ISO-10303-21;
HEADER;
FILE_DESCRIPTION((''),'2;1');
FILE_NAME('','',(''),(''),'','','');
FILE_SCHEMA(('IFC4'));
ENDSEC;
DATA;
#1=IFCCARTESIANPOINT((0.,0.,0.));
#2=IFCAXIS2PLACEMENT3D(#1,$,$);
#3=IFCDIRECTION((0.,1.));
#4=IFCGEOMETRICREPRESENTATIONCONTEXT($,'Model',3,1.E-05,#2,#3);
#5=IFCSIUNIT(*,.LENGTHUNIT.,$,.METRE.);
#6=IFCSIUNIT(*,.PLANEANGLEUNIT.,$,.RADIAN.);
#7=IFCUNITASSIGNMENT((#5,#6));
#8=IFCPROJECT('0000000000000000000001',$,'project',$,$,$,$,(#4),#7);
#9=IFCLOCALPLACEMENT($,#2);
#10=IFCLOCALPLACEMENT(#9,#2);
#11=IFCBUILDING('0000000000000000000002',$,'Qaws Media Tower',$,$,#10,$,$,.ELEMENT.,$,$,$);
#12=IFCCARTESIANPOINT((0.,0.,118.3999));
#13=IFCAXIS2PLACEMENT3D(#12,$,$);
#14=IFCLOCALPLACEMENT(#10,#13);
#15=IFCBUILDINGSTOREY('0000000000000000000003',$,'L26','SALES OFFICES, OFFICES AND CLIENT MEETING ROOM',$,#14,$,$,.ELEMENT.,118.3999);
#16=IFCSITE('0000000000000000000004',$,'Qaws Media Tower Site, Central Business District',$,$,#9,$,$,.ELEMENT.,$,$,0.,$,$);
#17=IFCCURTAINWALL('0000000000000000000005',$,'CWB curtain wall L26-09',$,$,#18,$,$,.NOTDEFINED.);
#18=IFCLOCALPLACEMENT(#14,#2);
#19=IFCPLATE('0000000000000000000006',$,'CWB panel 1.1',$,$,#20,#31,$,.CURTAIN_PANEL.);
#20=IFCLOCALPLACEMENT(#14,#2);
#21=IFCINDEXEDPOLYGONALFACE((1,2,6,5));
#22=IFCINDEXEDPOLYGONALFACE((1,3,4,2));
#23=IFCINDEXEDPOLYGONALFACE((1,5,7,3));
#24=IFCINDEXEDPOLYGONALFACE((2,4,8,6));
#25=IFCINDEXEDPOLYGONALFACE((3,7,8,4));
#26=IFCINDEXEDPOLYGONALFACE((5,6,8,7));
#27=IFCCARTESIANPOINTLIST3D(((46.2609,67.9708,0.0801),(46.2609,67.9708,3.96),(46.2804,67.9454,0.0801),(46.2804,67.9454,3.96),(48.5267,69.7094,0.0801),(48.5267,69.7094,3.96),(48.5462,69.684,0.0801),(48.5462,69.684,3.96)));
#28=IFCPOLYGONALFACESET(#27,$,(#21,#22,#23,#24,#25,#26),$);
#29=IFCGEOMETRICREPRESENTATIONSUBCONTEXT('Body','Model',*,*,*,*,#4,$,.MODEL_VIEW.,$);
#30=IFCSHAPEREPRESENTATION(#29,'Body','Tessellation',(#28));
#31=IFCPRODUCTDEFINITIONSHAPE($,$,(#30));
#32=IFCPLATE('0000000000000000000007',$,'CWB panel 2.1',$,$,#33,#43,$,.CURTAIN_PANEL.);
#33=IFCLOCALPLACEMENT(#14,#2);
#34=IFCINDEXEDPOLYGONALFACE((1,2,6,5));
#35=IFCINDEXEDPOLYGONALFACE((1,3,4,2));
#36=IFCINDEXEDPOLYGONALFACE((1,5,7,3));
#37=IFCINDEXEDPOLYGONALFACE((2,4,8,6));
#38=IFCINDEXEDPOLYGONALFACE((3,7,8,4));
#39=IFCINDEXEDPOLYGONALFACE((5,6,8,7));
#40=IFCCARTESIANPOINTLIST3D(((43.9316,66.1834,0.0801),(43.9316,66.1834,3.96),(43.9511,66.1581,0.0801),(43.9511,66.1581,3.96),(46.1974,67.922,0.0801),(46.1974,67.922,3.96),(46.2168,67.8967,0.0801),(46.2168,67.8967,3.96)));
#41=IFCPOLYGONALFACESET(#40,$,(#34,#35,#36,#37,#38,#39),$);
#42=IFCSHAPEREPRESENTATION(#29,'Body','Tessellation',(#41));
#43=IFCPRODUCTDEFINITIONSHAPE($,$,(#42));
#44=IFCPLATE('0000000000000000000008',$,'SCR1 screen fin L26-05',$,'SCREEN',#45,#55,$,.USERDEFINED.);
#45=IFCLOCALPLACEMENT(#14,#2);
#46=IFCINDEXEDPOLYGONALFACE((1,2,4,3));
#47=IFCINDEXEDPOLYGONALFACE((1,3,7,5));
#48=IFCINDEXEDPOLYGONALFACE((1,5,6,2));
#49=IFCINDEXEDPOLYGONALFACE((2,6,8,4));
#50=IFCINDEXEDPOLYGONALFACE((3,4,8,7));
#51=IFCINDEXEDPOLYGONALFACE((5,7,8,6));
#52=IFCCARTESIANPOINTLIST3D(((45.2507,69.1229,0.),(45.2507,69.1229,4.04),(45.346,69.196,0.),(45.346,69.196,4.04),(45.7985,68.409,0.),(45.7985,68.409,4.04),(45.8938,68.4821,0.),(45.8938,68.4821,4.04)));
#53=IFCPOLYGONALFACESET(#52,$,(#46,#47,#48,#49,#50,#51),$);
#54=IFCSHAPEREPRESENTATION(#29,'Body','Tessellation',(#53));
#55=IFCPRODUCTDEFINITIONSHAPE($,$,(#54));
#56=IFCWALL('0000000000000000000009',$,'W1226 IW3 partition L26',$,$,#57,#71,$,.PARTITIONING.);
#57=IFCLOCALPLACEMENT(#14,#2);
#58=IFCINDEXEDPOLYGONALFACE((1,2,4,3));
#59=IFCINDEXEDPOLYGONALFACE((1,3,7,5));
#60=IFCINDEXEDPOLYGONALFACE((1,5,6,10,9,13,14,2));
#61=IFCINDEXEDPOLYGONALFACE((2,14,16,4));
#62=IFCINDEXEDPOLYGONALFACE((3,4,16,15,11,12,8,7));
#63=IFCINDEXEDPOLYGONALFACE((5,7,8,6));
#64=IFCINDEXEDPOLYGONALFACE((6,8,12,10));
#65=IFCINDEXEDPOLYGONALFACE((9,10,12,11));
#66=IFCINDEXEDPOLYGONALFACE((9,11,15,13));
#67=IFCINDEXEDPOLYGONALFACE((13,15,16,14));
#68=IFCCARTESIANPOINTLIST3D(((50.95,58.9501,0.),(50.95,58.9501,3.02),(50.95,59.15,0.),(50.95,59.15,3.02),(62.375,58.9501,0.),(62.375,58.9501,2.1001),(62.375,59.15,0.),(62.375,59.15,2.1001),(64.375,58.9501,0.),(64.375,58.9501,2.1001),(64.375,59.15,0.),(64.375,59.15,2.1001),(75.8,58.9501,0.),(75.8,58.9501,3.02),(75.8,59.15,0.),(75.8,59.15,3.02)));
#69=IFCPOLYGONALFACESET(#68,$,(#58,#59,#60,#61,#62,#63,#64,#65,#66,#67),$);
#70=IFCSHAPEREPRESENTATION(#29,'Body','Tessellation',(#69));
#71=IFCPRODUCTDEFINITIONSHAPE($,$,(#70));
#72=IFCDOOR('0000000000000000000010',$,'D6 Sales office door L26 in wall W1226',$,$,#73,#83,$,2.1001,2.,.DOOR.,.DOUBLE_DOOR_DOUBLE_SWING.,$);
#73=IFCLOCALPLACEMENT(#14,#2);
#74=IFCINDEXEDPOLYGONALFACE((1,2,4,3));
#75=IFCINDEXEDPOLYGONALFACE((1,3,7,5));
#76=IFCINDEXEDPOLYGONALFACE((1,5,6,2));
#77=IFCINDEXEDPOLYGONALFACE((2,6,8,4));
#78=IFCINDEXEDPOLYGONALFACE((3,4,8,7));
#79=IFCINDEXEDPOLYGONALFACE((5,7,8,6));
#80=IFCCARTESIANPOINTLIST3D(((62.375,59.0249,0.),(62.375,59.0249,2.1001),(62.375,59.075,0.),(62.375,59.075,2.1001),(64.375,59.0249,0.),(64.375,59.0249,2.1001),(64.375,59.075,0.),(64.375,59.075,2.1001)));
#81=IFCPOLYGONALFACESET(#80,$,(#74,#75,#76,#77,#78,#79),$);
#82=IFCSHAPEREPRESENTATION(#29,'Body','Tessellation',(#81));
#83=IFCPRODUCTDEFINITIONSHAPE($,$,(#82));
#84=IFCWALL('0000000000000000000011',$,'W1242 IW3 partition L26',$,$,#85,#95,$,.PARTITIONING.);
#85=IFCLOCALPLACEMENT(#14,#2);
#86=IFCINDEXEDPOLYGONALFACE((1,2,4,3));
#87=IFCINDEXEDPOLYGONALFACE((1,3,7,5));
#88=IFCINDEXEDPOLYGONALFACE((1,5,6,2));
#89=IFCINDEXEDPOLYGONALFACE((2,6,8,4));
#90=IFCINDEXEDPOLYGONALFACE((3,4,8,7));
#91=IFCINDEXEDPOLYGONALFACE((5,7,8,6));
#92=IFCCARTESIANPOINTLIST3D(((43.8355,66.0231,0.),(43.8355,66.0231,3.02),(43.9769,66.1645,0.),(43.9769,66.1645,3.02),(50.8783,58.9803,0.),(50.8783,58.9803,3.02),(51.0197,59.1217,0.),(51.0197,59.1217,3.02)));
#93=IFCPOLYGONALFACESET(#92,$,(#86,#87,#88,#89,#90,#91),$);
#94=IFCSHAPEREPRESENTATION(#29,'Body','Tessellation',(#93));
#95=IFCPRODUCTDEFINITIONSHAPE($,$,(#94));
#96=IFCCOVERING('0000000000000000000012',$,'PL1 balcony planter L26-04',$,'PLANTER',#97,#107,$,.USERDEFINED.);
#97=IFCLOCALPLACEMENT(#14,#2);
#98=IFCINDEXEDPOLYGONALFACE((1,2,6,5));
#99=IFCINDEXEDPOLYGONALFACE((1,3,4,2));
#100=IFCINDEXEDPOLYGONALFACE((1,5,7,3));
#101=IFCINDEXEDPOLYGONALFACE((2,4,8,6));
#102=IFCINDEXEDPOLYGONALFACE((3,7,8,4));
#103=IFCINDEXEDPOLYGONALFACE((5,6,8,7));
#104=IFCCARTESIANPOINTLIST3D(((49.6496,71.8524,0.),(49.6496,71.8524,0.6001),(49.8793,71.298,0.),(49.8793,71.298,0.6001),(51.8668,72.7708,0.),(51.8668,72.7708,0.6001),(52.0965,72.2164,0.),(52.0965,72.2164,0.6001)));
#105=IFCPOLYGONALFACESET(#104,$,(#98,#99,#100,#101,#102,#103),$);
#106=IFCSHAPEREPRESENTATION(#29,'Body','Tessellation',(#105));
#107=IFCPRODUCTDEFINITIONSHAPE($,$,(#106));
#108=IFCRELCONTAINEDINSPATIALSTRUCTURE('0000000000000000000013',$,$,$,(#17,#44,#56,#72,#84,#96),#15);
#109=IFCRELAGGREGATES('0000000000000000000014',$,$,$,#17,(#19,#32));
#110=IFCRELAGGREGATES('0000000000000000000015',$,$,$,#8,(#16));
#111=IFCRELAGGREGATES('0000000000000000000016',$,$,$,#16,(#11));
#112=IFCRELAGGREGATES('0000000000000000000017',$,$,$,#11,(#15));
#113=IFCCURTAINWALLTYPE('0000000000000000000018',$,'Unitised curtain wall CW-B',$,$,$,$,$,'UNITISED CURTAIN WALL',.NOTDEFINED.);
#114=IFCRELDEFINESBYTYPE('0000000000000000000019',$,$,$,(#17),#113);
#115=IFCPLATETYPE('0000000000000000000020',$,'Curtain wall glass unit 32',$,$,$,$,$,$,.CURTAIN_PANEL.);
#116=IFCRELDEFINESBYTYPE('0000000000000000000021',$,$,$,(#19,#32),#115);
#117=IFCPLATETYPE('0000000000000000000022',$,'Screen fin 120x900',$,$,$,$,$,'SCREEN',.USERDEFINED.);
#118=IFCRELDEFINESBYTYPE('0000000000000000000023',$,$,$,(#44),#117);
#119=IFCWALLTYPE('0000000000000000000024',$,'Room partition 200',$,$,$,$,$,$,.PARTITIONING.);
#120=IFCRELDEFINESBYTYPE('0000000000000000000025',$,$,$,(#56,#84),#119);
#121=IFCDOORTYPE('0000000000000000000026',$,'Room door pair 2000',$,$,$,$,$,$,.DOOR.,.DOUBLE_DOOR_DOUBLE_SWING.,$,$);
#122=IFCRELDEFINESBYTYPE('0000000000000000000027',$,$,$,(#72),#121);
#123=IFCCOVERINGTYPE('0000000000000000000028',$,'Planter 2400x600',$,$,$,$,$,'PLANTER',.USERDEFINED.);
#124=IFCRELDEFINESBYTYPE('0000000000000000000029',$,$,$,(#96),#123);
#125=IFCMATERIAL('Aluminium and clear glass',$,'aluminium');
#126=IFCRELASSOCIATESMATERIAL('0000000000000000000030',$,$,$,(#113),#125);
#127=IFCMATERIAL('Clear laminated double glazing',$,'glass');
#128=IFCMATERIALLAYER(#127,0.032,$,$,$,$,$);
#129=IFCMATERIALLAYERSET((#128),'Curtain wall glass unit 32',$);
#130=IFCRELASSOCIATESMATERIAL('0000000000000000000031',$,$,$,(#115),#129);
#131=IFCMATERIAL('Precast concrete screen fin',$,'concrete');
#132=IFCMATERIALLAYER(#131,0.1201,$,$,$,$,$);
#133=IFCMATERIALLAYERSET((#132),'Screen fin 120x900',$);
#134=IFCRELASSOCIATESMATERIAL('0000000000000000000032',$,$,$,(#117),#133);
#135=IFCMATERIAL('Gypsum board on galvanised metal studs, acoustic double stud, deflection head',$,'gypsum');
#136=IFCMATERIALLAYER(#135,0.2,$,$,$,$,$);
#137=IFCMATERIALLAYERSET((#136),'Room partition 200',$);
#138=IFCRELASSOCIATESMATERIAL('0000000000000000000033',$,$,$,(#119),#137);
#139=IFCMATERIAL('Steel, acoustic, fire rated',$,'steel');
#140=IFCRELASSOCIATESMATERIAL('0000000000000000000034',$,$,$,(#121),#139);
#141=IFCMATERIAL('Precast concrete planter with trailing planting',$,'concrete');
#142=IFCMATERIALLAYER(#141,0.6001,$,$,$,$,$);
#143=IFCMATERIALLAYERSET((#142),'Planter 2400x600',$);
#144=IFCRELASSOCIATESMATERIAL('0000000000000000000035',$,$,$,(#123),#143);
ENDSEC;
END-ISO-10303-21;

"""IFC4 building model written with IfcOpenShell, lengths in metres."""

from ifc_helpers import new_model, si_unit, direction, frame, frame_2d, origin, origin_2d, place, context, subcontext, project, spatial, rectangle, extrude, material, layer, layer_set, type_object, element, fill, aggregate, save


model = new_model("IFC4")

# Units and contexts
model_context = context("Model", 3, precision=1e-05, world=origin(), true_north=direction((0.0, 1.0)))
body_context = subcontext(model_context, "Body", "Model", "MODEL_VIEW")
ifc_project = project(units=[si_unit("LENGTHUNIT", "METRE"), si_unit("PLANEANGLEUNIT", "RADIAN")], contexts=[model_context])

# Site, building, storey
site_placement = place(None, origin())
site = spatial("IfcSite", under=ifc_project, at=site_placement, Name="Qaws Media Tower Site, Central Business District", CompositionType="ELEMENT", RefElevation=0.0)
building_placement = place(site_placement, origin())
building = spatial("IfcBuilding", under=site, at=building_placement, Name="Qaws Media Tower", CompositionType="ELEMENT")
storey_placement = place(building_placement, frame((0.0, 0.0, 118.3999)))
storey = spatial("IfcBuildingStorey", under=building, at=storey_placement, Name="L26", Description="SALES OFFICES, OFFICES AND CLIENT MEETING ROOM", CompositionType="ELEMENT", Elevation=118.3999)

# Curtain wall
ifc_material_1 = material(Name="Aluminium and clear glass", Category="aluminium")
curtain_wall_type = type_object("IfcCurtainWallType", Name="Unitised curtain wall CW-B", ElementType="UNITISED CURTAIN WALL", PredefinedType="NOTDEFINED", material=ifc_material_1)
curtain_wall_1_placement = place(storey_placement, origin())
curtain_wall_1 = element("IfcCurtainWall", 1, at=curtain_wall_1_placement, inside=storey, type_object=curtain_wall_type, Name="CWB curtain wall L26-09", PredefinedType="NOTDEFINED")

# Plates
ifc_material_2 = material(Name="Clear laminated double glazing", Category="glass")
ifc_layer_1 = layer(ifc_material_2, 0.032)
ifc_layer_set_1 = layer_set([ifc_layer_1], Name="Curtain wall glass unit 32")
plate_type_1 = type_object("IfcPlateType", Name="Curtain wall glass unit 32", PredefinedType="CURTAIN_PANEL", material=ifc_layer_set_1)
plate_1_placement = place(storey_placement, frame((47.4036, 68.8274, 0.0801), z_axis=(0.0, 0.0, 1.0), x_axis=(-0.793353, -0.608761, 0.0)))
plate_1 = element("IfcPlate", 2, at=plate_1_placement, type_object=plate_type_1, Name="CWB panel 1.1", PredefinedType="CURTAIN_PANEL", context=body_context, shape_type="SweptSolid", body=[
    extrude(rectangle(XDim=2.856, YDim=0.032, at=origin_2d()), origin(), (0.0, 0.0, 1.0), 3.8799),
])
plate_2_placement = place(storey_placement, frame((45.0742, 67.04, 0.0801), z_axis=(0.0, 0.0, 1.0), x_axis=(-0.793353, -0.608761, 0.0)))
plate_2 = element("IfcPlate", 3, at=plate_2_placement, type_object=plate_type_1, Name="CWB panel 2.1", PredefinedType="CURTAIN_PANEL", context=body_context, shape_type="SweptSolid", body=[
    extrude(rectangle(XDim=2.856, YDim=0.032, at=origin_2d()), origin(), (0.0, 0.0, 1.0), 3.8799),
])
aggregate(curtain_wall_1, [plate_1, plate_2])
ifc_material_3 = material(Name="Precast concrete screen fin", Category="concrete")
ifc_layer_2 = layer(ifc_material_3, 0.1201)
ifc_layer_set_2 = layer_set([ifc_layer_2], Name="Screen fin 120x900")
plate_type_2 = type_object("IfcPlateType", Name="Screen fin 120x900", ElementType="SCREEN", PredefinedType="USERDEFINED", material=ifc_layer_set_2)
plate_3_placement = place(storey_placement, frame((45.5723, 68.8025, 0.0), z_axis=(0.0, 0.0, 1.0), x_axis=(-0.608761, 0.793353, 0.0)))
element("IfcPlate", 4, at=plate_3_placement, inside=storey, type_object=plate_type_2, Name="SCR1 screen fin L26-05", ObjectType="SCREEN", PredefinedType="USERDEFINED", context=body_context, shape_type="SweptSolid", body=[
    extrude(rectangle(XDim=0.8999, YDim=0.1201, at=origin_2d()), origin(), (0.0, 0.0, 1.0), 4.04),
])

# Wall, opening, door
ifc_material_4 = material(Name="Gypsum board on galvanised metal studs, acoustic double stud, deflection head", Category="gypsum")
ifc_layer_3 = layer(ifc_material_4, 0.2)
ifc_layer_set_3 = layer_set([ifc_layer_3], Name="Room partition 200")
wall_type = type_object("IfcWallType", Name="Room partition 200", PredefinedType="PARTITIONING", material=ifc_layer_set_3)
wall_1_placement = place(storey_placement, frame((50.95, 59.05, 0.0), z_axis=(0.0, 0.0, 1.0), x_axis=(1.0, 0.0, 0.0)))
wall_1 = element("IfcWall", 5, at=wall_1_placement, inside=storey, type_object=wall_type, Name="W1226 IW3 partition L26", PredefinedType="PARTITIONING", context=body_context, shape_type="SweptSolid", body=[
    extrude(rectangle(XDim=24.8501, YDim=0.2, at=frame_2d((12.425, 0.0))), origin(), (0.0, 0.0, 1.0), 3.02),
])
opening_placement = place(wall_1_placement, frame((11.425, 0.0, 0.0)))
opening = element("IfcOpeningElement", 6, at=opening_placement, cuts=wall_1, PredefinedType="OPENING", context=body_context, shape_type="SweptSolid", body=[
    extrude(rectangle(XDim=2.0, YDim=2.1001, at=frame_2d((1.0, 1.05))), frame((0.0, 0.1099, 0.0), z_axis=(0.0, -1.0, 0.0), x_axis=(1.0, 0.0, 0.0)), (0.0, 0.0, 1.0), 0.22),
])
ifc_material_5 = material(Name="Steel, acoustic, fire rated", Category="steel")
door_type = type_object("IfcDoorType", Name="Room door pair 2000", OperationType="DOUBLE_DOOR_DOUBLE_SWING", PredefinedType="DOOR", material=ifc_material_5)
door_placement = place(opening_placement, origin())
door = element("IfcDoor", 7, at=door_placement, inside=storey, type_object=door_type, Name="D6 Sales office door L26 in wall W1226", OperationType="DOUBLE_DOOR_DOUBLE_SWING", OverallHeight=2.1001, OverallWidth=2.0, PredefinedType="DOOR", context=body_context, shape_type="SweptSolid", body=[
    extrude(rectangle(XDim=2.0, YDim=2.1001, at=frame_2d((1.0, 1.05))), frame((0.0, 0.0249, 0.0), z_axis=(0.0, -1.0, 0.0), x_axis=(1.0, 0.0, 0.0)), (0.0, 0.0, 1.0), 0.05),
])
fill(opening, door)

# Wall
wall_2_placement = place(storey_placement, frame((50.949, 59.051, 0.0), z_axis=(0.0, 0.0, 1.0), x_axis=(-0.707107, 0.707107, 0.0)))
element("IfcWall", 8, at=wall_2_placement, inside=storey, type_object=wall_type, Name="W1242 IW3 partition L26", PredefinedType="PARTITIONING", context=body_context, shape_type="SweptSolid", body=[
    extrude(rectangle(XDim=9.96, YDim=0.2, at=frame_2d((4.98, 0.0))), origin(), (0.0, 0.0, 1.0), 3.02),
])

# Covering
ifc_material_6 = material(Name="Precast concrete planter with trailing planting", Category="concrete")
ifc_layer_4 = layer(ifc_material_6, 0.6001)
ifc_layer_set_4 = layer_set([ifc_layer_4], Name="Planter 2400x600")
covering_type = type_object("IfcCoveringType", Name="Planter 2400x600", ElementType="PLANTER", PredefinedType="USERDEFINED", material=ifc_layer_set_4)
covering_placement = place(storey_placement, frame((50.873, 72.0344, 0.0), z_axis=(0.0, 0.0, 1.0), x_axis=(-0.92388, -0.382683, 0.0)))
element("IfcCovering", 9, at=covering_placement, inside=storey, type_object=covering_type, Name="PL1 balcony planter L26-04", ObjectType="PLANTER", PredefinedType="USERDEFINED", context=body_context, shape_type="SweptSolid", body=[
    extrude(rectangle(XDim=2.3999, YDim=0.6001, at=origin_2d()), origin(), (0.0, 0.0, 1.0), 0.6001),
])

save(model, "model.ifc")
